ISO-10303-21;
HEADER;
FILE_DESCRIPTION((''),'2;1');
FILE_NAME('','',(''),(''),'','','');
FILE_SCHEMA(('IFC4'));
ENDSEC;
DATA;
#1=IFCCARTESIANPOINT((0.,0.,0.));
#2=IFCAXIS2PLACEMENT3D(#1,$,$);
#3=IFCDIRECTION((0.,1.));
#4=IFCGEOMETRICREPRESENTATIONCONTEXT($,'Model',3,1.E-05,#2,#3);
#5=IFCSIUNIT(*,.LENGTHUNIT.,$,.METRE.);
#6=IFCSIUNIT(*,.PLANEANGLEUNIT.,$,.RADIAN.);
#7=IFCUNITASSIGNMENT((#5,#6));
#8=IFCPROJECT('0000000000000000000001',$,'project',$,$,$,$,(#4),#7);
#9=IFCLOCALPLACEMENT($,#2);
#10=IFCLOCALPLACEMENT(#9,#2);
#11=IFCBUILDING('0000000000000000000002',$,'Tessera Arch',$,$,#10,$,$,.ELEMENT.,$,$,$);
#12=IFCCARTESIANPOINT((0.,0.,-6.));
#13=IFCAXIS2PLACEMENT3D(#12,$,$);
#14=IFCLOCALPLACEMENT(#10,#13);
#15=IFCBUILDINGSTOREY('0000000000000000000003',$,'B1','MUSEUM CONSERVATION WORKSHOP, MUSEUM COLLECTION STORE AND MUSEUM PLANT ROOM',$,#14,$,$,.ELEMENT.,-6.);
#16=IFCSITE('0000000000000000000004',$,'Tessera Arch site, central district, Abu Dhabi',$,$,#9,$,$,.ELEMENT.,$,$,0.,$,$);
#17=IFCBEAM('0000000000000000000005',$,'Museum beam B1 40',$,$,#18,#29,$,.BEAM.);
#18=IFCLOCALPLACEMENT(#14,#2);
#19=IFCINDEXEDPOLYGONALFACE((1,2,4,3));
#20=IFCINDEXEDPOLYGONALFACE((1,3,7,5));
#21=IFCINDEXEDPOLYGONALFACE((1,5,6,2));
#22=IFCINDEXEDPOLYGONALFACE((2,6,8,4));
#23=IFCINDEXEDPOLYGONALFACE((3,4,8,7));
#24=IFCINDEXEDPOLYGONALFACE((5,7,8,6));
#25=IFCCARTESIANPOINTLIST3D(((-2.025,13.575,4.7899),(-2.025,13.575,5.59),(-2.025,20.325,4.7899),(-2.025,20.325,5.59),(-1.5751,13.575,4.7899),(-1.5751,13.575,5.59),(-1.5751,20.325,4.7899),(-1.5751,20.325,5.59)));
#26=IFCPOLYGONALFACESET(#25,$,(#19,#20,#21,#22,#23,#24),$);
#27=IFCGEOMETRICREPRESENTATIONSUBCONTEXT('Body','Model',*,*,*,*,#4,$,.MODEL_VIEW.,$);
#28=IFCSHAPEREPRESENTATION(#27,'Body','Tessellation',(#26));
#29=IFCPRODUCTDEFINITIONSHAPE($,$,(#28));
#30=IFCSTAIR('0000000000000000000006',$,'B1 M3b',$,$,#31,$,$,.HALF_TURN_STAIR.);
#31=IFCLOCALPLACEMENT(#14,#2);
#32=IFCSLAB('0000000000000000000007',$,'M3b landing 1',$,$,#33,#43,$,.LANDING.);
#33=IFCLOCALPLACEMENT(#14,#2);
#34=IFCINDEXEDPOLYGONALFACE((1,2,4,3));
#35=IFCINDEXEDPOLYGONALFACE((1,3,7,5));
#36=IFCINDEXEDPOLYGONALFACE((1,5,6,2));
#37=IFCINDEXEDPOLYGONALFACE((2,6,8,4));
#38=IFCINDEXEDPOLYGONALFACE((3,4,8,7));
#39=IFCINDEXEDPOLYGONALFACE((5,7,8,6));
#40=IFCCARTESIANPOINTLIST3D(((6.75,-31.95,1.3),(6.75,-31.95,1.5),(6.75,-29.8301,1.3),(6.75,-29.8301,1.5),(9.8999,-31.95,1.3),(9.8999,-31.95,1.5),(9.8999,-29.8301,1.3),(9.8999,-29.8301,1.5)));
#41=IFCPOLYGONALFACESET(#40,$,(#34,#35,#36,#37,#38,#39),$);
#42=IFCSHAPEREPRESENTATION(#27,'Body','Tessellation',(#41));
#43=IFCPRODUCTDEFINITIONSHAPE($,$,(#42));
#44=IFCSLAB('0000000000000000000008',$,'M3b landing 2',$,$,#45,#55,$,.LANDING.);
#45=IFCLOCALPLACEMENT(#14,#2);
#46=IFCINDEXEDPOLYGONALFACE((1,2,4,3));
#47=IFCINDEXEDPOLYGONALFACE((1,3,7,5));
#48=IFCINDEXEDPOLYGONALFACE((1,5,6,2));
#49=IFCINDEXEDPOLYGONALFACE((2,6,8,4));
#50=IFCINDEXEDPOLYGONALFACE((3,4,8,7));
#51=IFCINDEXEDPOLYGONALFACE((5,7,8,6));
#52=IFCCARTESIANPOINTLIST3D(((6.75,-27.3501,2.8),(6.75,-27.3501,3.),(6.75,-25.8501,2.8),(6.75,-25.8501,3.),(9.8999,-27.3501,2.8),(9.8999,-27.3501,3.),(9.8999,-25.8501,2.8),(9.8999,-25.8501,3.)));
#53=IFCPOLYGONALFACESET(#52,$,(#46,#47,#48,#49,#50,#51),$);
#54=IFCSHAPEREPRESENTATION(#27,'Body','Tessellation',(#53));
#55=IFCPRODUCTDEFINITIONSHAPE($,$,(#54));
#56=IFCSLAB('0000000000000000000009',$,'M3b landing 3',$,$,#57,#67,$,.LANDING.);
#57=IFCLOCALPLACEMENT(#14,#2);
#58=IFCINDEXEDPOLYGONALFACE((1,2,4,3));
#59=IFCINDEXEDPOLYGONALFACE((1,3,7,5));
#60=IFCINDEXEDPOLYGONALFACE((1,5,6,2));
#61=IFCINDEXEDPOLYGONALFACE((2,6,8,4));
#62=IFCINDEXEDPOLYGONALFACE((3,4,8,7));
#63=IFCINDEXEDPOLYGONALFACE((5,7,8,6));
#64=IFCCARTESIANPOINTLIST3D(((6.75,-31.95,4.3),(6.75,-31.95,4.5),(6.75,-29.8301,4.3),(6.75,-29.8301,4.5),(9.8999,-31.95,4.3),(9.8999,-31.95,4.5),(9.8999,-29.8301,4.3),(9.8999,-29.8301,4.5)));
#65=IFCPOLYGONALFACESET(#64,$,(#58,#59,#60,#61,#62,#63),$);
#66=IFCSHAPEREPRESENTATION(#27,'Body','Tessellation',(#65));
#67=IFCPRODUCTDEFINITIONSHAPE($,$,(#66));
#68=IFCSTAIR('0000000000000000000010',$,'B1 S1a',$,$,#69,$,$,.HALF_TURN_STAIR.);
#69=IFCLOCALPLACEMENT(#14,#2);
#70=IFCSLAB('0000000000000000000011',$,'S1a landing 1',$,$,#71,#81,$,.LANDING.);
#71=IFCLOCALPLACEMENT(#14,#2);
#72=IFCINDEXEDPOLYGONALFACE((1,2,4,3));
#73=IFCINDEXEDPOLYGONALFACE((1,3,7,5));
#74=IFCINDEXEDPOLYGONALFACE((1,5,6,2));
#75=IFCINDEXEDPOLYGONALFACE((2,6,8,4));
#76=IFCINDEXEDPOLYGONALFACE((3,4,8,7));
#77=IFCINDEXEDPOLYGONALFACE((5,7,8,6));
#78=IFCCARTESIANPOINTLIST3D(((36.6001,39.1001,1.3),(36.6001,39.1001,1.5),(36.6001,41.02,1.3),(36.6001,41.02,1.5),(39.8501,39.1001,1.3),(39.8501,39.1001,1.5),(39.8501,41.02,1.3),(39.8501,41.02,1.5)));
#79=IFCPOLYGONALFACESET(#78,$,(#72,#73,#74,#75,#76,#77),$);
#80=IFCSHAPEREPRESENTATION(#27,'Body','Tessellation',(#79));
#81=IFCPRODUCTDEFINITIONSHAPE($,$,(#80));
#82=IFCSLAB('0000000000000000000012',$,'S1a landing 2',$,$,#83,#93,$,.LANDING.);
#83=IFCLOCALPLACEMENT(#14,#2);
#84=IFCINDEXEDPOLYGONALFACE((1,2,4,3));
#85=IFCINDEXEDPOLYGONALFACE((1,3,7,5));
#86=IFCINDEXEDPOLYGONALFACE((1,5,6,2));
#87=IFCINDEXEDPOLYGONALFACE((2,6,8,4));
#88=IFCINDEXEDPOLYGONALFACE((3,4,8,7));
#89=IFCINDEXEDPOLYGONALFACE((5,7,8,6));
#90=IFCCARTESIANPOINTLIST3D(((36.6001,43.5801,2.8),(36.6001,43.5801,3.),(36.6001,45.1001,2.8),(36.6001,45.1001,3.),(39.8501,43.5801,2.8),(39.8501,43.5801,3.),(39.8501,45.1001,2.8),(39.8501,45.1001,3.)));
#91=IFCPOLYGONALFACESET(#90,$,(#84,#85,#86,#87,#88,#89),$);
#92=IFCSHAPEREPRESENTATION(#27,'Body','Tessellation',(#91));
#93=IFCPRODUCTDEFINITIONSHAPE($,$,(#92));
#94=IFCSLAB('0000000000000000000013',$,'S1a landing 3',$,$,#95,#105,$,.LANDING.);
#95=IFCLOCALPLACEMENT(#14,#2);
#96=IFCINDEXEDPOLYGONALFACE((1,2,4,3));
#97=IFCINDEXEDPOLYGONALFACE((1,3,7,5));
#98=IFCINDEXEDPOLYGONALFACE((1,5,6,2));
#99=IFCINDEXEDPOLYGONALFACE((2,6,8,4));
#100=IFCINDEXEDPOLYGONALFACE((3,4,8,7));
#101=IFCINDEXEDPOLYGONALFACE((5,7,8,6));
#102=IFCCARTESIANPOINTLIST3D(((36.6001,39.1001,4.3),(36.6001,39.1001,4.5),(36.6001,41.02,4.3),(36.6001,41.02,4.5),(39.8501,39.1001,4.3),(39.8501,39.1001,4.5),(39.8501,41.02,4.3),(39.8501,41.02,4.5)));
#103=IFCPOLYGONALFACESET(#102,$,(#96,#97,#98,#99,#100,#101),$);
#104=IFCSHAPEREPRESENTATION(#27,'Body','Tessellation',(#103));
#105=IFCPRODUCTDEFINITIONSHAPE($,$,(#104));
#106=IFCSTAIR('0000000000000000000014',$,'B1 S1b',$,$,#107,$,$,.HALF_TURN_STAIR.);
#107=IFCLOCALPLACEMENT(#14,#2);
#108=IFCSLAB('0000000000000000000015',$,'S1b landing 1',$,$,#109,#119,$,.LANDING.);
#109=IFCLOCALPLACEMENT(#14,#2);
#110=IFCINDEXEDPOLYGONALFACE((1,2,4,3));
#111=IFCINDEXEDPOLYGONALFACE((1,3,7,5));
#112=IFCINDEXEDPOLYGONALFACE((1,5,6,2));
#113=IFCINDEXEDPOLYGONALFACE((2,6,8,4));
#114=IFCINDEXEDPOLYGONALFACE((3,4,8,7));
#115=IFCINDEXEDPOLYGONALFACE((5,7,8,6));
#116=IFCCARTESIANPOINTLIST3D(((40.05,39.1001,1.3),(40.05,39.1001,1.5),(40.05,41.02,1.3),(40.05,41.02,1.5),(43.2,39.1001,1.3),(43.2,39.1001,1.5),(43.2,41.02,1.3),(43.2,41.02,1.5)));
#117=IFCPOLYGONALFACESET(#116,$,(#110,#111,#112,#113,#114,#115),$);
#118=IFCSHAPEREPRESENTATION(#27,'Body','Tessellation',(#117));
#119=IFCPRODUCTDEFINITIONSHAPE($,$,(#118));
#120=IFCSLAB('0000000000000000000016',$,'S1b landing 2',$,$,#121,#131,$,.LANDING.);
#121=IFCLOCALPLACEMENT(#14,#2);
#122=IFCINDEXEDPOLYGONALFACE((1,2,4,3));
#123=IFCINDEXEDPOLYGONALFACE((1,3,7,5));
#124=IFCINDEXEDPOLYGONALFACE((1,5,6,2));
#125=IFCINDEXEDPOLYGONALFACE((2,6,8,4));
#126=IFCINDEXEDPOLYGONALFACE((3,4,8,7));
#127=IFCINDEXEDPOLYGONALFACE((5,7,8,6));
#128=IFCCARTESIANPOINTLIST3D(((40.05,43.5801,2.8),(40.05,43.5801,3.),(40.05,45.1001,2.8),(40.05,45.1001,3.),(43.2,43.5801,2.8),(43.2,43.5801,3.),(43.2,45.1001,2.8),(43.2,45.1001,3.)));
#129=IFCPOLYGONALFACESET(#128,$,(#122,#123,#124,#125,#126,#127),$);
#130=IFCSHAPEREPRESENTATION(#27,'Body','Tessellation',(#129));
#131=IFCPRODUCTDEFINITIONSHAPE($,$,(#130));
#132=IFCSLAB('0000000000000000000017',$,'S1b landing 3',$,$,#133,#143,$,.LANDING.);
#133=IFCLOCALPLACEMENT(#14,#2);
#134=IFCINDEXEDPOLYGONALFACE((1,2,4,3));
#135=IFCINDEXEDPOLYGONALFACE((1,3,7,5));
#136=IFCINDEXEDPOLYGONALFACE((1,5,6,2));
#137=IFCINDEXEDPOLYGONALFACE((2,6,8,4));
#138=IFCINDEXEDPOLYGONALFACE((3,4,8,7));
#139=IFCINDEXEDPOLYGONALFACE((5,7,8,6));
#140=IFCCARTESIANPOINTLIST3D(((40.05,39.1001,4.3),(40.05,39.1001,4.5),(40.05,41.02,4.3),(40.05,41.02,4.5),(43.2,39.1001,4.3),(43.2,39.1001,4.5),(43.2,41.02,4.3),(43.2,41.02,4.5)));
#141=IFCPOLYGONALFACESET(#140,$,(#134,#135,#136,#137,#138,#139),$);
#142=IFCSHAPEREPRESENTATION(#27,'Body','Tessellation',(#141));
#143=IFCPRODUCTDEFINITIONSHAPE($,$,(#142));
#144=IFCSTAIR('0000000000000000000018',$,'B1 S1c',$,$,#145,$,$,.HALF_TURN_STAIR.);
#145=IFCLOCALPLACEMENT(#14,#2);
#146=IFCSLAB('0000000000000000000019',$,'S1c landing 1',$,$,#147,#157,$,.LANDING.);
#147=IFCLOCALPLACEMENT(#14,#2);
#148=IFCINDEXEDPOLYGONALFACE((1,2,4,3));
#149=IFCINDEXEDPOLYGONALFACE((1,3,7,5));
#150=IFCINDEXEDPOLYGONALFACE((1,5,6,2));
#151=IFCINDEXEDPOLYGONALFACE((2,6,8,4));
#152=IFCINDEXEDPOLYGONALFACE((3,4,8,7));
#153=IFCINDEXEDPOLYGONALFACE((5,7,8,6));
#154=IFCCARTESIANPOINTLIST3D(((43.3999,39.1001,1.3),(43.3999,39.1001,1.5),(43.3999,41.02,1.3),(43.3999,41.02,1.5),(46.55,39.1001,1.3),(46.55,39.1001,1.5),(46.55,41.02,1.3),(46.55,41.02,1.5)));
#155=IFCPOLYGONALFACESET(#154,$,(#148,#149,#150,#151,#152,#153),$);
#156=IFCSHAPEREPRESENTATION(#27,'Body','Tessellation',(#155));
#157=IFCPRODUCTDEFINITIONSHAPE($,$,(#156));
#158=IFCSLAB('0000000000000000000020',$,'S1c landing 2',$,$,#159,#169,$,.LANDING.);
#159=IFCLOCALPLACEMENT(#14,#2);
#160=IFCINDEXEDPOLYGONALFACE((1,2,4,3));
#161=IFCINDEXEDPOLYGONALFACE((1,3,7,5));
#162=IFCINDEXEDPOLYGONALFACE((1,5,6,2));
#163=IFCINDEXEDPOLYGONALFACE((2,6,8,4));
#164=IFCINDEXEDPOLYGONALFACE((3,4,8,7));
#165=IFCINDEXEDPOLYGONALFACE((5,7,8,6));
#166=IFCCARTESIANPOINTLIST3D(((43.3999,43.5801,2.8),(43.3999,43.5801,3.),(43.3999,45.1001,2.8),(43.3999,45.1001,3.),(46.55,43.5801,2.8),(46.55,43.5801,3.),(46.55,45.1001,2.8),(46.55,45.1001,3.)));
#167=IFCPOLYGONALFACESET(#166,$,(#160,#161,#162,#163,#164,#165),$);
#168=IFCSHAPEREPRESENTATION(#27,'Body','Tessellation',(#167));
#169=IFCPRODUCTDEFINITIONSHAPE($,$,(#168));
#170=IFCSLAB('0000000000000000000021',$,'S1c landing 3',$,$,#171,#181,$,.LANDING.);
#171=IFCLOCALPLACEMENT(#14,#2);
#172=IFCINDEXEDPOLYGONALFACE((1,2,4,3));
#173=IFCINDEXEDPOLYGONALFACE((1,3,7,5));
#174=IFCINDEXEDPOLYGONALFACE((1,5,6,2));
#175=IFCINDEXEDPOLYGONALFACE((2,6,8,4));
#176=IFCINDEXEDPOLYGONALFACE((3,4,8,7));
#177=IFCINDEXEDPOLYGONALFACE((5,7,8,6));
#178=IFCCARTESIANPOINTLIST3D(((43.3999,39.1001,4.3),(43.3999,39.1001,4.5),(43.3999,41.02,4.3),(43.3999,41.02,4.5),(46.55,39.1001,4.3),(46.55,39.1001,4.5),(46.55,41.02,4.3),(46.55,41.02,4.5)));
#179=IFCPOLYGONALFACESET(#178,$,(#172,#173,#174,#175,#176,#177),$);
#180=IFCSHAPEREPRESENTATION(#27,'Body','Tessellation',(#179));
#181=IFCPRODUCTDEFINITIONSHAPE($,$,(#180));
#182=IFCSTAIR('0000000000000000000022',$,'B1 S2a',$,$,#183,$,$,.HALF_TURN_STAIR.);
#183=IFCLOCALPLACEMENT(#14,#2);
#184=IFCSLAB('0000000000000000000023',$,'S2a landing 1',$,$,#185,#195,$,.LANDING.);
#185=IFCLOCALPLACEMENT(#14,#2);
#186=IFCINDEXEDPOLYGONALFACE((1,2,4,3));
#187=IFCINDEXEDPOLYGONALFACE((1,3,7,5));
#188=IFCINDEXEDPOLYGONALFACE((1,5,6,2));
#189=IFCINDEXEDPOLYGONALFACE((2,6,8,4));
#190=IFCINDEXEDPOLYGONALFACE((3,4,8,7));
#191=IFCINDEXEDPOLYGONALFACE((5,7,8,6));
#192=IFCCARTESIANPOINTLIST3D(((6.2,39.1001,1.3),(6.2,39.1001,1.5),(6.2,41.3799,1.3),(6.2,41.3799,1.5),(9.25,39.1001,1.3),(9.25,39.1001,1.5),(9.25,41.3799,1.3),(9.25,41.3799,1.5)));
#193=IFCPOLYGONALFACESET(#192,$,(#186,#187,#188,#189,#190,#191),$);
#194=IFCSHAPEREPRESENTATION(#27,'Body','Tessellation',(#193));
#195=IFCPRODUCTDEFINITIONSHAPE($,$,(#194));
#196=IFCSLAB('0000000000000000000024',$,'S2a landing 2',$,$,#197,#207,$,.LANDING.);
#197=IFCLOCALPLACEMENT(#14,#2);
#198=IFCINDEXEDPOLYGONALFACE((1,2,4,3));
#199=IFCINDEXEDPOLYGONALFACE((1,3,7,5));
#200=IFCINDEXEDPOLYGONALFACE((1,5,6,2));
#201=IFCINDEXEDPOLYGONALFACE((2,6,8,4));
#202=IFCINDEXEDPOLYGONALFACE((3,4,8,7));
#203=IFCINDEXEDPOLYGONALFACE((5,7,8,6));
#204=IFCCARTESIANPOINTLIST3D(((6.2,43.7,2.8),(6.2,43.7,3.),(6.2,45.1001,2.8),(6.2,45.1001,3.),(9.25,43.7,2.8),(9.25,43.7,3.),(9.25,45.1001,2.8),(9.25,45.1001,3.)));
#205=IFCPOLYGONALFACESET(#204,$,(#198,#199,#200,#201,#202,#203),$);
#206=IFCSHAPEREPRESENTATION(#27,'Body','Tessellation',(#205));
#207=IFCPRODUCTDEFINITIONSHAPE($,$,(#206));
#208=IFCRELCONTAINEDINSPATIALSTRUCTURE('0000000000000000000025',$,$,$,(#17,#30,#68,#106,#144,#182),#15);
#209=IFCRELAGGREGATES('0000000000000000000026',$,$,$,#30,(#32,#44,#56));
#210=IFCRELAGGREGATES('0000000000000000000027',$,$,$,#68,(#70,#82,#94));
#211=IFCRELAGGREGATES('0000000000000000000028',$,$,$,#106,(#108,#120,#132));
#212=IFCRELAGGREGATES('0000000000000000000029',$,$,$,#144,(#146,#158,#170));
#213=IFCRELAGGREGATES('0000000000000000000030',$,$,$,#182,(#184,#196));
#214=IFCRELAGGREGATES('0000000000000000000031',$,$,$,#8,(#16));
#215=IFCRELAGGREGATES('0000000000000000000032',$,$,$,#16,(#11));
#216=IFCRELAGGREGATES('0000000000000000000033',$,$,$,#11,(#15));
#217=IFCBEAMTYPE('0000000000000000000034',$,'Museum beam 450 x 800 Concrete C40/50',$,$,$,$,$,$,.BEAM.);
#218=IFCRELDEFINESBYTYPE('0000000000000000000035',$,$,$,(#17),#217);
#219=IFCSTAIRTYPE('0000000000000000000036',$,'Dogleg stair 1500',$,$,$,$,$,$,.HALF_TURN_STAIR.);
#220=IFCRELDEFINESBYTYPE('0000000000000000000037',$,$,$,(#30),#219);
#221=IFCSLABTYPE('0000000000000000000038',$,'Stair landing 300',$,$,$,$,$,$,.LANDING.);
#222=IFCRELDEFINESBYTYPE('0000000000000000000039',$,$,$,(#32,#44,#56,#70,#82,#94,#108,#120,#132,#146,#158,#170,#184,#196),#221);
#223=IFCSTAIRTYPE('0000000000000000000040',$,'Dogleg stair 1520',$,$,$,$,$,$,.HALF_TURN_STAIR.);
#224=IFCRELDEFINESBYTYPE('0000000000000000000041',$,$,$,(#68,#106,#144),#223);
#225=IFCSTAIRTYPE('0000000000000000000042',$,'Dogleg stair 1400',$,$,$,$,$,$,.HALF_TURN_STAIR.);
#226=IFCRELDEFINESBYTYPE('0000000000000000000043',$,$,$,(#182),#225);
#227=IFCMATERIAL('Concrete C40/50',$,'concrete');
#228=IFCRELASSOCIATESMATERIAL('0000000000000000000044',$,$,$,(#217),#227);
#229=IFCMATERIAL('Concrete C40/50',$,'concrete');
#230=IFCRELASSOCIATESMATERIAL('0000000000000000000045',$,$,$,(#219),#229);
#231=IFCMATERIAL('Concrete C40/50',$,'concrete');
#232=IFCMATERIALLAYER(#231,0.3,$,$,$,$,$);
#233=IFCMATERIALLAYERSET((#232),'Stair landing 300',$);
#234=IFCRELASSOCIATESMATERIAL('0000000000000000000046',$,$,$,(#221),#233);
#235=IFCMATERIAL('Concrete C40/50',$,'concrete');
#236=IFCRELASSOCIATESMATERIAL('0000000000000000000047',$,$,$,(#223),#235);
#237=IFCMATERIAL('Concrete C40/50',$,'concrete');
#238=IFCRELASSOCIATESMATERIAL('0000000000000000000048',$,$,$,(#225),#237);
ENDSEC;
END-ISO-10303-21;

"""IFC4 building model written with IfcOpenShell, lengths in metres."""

from ifc_helpers import new_model, si_unit, direction, frame, origin, origin_2d, place, context, subcontext, project, spatial, polyline, rectangle, outline, extrude, material, layer, layer_set, material_profile, profile_set, type_object, element, aggregate, save


model = new_model("IFC4")

# Units and contexts
model_context = context("Model", 3, precision=1e-05, world=origin(), true_north=direction((0.0, 1.0)))
body_context = subcontext(model_context, "Body", "Model", "MODEL_VIEW")
ifc_project = project(units=[si_unit("LENGTHUNIT", "METRE"), si_unit("PLANEANGLEUNIT", "RADIAN")], contexts=[model_context])

# Site, building, storey
site_placement = place(None, origin())
site = spatial("IfcSite", under=ifc_project, at=site_placement, Name="Tessera Arch site, central district, Abu Dhabi", CompositionType="ELEMENT", RefElevation=0.0)
building_placement = place(site_placement, origin())
building = spatial("IfcBuilding", under=site, at=building_placement, Name="Tessera Arch", CompositionType="ELEMENT")
storey_placement = place(building_placement, frame((0.0, 0.0, -6.0)))
storey = spatial("IfcBuildingStorey", under=building, at=storey_placement, Name="B1", Description="MUSEUM CONSERVATION WORKSHOP, MUSEUM COLLECTION STORE AND MUSEUM PLANT ROOM", CompositionType="ELEMENT", Elevation=-6.0)

# Beam
ifc_material_1 = material(Name="Concrete C40/50", Category="concrete")
ifc_material_profile = material_profile(ifc_material_1, rectangle(XDim=0.45, YDim=0.8, at=origin_2d()), Name="Museum beam 450 x 800 Concrete C40/50")
ifc_profile_set = profile_set([ifc_material_profile], Name="Concrete C40/50")
beam_type = type_object("IfcBeamType", Name="Museum beam 450 x 800 Concrete C40/50", PredefinedType="BEAM", material=ifc_profile_set)
beam_placement = place(storey_placement, frame((-1.8, 13.575, 5.1899), z_axis=(0.0, 1.0, 0.0), x_axis=(-1.0, 0.0, 0.0)))
element("IfcBeam", 1, at=beam_placement, inside=storey, type_object=beam_type, Name="Museum beam B1 40", PredefinedType="BEAM", context=body_context, shape_type="SweptSolid", body=[
    extrude(rectangle(XDim=0.45, YDim=0.8, at=origin_2d()), origin(), (0.0, 0.0, 1.0), 6.75),
])

# Stairs, slabs
ifc_material_2 = material(Name="Concrete C40/50", Category="concrete")
stair_type_1 = type_object("IfcStairType", Name="Dogleg stair 1500", PredefinedType="HALF_TURN_STAIR", material=ifc_material_2)
stair_1_placement = place(storey_placement, origin())
stair_1 = element("IfcStair", 2, at=stair_1_placement, inside=storey, type_object=stair_type_1, Name="B1 M3b", PredefinedType="HALF_TURN_STAIR")
ifc_material_3 = material(Name="Concrete C40/50", Category="concrete")
ifc_layer = layer(ifc_material_3, 0.3)
ifc_layer_set = layer_set([ifc_layer], Name="Stair landing 300")
slab_type = type_object("IfcSlabType", Name="Stair landing 300", PredefinedType="LANDING", material=ifc_layer_set)
slab_1_placement = place(storey_placement, frame((0.0, 0.0, 1.3)))
slab_1 = element("IfcSlab", 3, at=slab_1_placement, type_object=slab_type, Name="M3b landing 1", PredefinedType="LANDING", context=body_context, shape_type="SweptSolid", body=[
    extrude(outline(polyline([(6.75, -29.8301), (6.75, -31.95), (9.8999, -31.95), (9.8999, -29.8301), (6.75, -29.8301)])), origin(), (0.0, 0.0, 1.0), 0.2),
])
slab_2_placement = place(storey_placement, frame((0.0, 0.0, 2.8)))
slab_2 = element("IfcSlab", 4, at=slab_2_placement, type_object=slab_type, Name="M3b landing 2", PredefinedType="LANDING", context=body_context, shape_type="SweptSolid", body=[
    extrude(outline(polyline([(6.75, -25.8501), (6.75, -27.3501), (9.8999, -27.3501), (9.8999, -25.8501), (6.75, -25.8501)])), origin(), (0.0, 0.0, 1.0), 0.2),
])
slab_3_placement = place(storey_placement, frame((0.0, 0.0, 4.3)))
slab_3 = element("IfcSlab", 5, at=slab_3_placement, type_object=slab_type, Name="M3b landing 3", PredefinedType="LANDING", context=body_context, shape_type="SweptSolid", body=[
    extrude(outline(polyline([(6.75, -29.8301), (6.75, -31.95), (9.8999, -31.95), (9.8999, -29.8301), (6.75, -29.8301)])), origin(), (0.0, 0.0, 1.0), 0.2),
])
aggregate(stair_1, [slab_1, slab_2, slab_3])
ifc_material_4 = material(Name="Concrete C40/50", Category="concrete")
stair_type_2 = type_object("IfcStairType", Name="Dogleg stair 1520", PredefinedType="HALF_TURN_STAIR", material=ifc_material_4)
stair_2_placement = place(storey_placement, origin())
stair_2 = element("IfcStair", 6, at=stair_2_placement, inside=storey, type_object=stair_type_2, Name="B1 S1a", PredefinedType="HALF_TURN_STAIR")
slab_4_placement = place(storey_placement, frame((0.0, 0.0, 1.3)))
slab_4 = element("IfcSlab", 7, at=slab_4_placement, type_object=slab_type, Name="S1a landing 1", PredefinedType="LANDING", context=body_context, shape_type="SweptSolid", body=[
    extrude(outline(polyline([(36.6001, 41.02), (36.6001, 39.1001), (39.8501, 39.1001), (39.8501, 41.02), (36.6001, 41.02)])), origin(), (0.0, 0.0, 1.0), 0.2),
])
slab_5_placement = place(storey_placement, frame((0.0, 0.0, 2.8)))
slab_5 = element("IfcSlab", 8, at=slab_5_placement, type_object=slab_type, Name="S1a landing 2", PredefinedType="LANDING", context=body_context, shape_type="SweptSolid", body=[
    extrude(outline(polyline([(36.6001, 45.1001), (36.6001, 43.5801), (39.8501, 43.5801), (39.8501, 45.1001), (36.6001, 45.1001)])), origin(), (0.0, 0.0, 1.0), 0.2),
])
slab_6_placement = place(storey_placement, frame((0.0, 0.0, 4.3)))
slab_6 = element("IfcSlab", 9, at=slab_6_placement, type_object=slab_type, Name="S1a landing 3", PredefinedType="LANDING", context=body_context, shape_type="SweptSolid", body=[
    extrude(outline(polyline([(36.6001, 41.02), (36.6001, 39.1001), (39.8501, 39.1001), (39.8501, 41.02), (36.6001, 41.02)])), origin(), (0.0, 0.0, 1.0), 0.2),
])
aggregate(stair_2, [slab_4, slab_5, slab_6])
stair_3_placement = place(storey_placement, origin())
stair_3 = element("IfcStair", 10, at=stair_3_placement, inside=storey, type_object=stair_type_2, Name="B1 S1b", PredefinedType="HALF_TURN_STAIR")
slab_7_placement = place(storey_placement, frame((0.0, 0.0, 1.3)))
slab_7 = element("IfcSlab", 11, at=slab_7_placement, type_object=slab_type, Name="S1b landing 1", PredefinedType="LANDING", context=body_context, shape_type="SweptSolid", body=[
    extrude(outline(polyline([(40.05, 41.02), (40.05, 39.1001), (43.2, 39.1001), (43.2, 41.02), (40.05, 41.02)])), origin(), (0.0, 0.0, 1.0), 0.2),
])
slab_8_placement = place(storey_placement, frame((0.0, 0.0, 2.8)))
slab_8 = element("IfcSlab", 12, at=slab_8_placement, type_object=slab_type, Name="S1b landing 2", PredefinedType="LANDING", context=body_context, shape_type="SweptSolid", body=[
    extrude(outline(polyline([(40.05, 45.1001), (40.05, 43.5801), (43.2, 43.5801), (43.2, 45.1001), (40.05, 45.1001)])), origin(), (0.0, 0.0, 1.0), 0.2),
])
slab_9_placement = place(storey_placement, frame((0.0, 0.0, 4.3)))
slab_9 = element("IfcSlab", 13, at=slab_9_placement, type_object=slab_type, Name="S1b landing 3", PredefinedType="LANDING", context=body_context, shape_type="SweptSolid", body=[
    extrude(outline(polyline([(40.05, 41.02), (40.05, 39.1001), (43.2, 39.1001), (43.2, 41.02), (40.05, 41.02)])), origin(), (0.0, 0.0, 1.0), 0.2),
])
aggregate(stair_3, [slab_7, slab_8, slab_9])
stair_4_placement = place(storey_placement, origin())
stair_4 = element("IfcStair", 14, at=stair_4_placement, inside=storey, type_object=stair_type_2, Name="B1 S1c", PredefinedType="HALF_TURN_STAIR")
slab_10_placement = place(storey_placement, frame((0.0, 0.0, 1.3)))
slab_10 = element("IfcSlab", 15, at=slab_10_placement, type_object=slab_type, Name="S1c landing 1", PredefinedType="LANDING", context=body_context, shape_type="SweptSolid", body=[
    extrude(outline(polyline([(43.3999, 41.02), (43.3999, 39.1001), (46.55, 39.1001), (46.55, 41.02), (43.3999, 41.02)])), origin(), (0.0, 0.0, 1.0), 0.2),
])
slab_11_placement = place(storey_placement, frame((0.0, 0.0, 2.8)))
slab_11 = element("IfcSlab", 16, at=slab_11_placement, type_object=slab_type, Name="S1c landing 2", PredefinedType="LANDING", context=body_context, shape_type="SweptSolid", body=[
    extrude(outline(polyline([(43.3999, 45.1001), (43.3999, 43.5801), (46.55, 43.5801), (46.55, 45.1001), (43.3999, 45.1001)])), origin(), (0.0, 0.0, 1.0), 0.2),
])
slab_12_placement = place(storey_placement, frame((0.0, 0.0, 4.3)))
slab_12 = element("IfcSlab", 17, at=slab_12_placement, type_object=slab_type, Name="S1c landing 3", PredefinedType="LANDING", context=body_context, shape_type="SweptSolid", body=[
    extrude(outline(polyline([(43.3999, 41.02), (43.3999, 39.1001), (46.55, 39.1001), (46.55, 41.02), (43.3999, 41.02)])), origin(), (0.0, 0.0, 1.0), 0.2),
])
aggregate(stair_4, [slab_10, slab_11, slab_12])
ifc_material_5 = material(Name="Concrete C40/50", Category="concrete")
stair_type_3 = type_object("IfcStairType", Name="Dogleg stair 1400", PredefinedType="HALF_TURN_STAIR", material=ifc_material_5)
stair_5_placement = place(storey_placement, origin())
stair_5 = element("IfcStair", 18, at=stair_5_placement, inside=storey, type_object=stair_type_3, Name="B1 S2a", PredefinedType="HALF_TURN_STAIR")
slab_13_placement = place(storey_placement, frame((0.0, 0.0, 1.3)))
slab_13 = element("IfcSlab", 19, at=slab_13_placement, type_object=slab_type, Name="S2a landing 1", PredefinedType="LANDING", context=body_context, shape_type="SweptSolid", body=[
    extrude(outline(polyline([(6.2, 41.3799), (6.2, 39.1001), (9.25, 39.1001), (9.25, 41.3799), (6.2, 41.3799)])), origin(), (0.0, 0.0, 1.0), 0.2),
])
slab_14_placement = place(storey_placement, frame((0.0, 0.0, 2.8)))
slab_14 = element("IfcSlab", 20, at=slab_14_placement, type_object=slab_type, Name="S2a landing 2", PredefinedType="LANDING", context=body_context, shape_type="SweptSolid", body=[
    extrude(outline(polyline([(6.2, 45.1001), (6.2, 43.7), (9.25, 43.7), (9.25, 45.1001), (6.2, 45.1001)])), origin(), (0.0, 0.0, 1.0), 0.2),
])
aggregate(stair_5, [slab_13, slab_14])

save(model, "model.ifc")
